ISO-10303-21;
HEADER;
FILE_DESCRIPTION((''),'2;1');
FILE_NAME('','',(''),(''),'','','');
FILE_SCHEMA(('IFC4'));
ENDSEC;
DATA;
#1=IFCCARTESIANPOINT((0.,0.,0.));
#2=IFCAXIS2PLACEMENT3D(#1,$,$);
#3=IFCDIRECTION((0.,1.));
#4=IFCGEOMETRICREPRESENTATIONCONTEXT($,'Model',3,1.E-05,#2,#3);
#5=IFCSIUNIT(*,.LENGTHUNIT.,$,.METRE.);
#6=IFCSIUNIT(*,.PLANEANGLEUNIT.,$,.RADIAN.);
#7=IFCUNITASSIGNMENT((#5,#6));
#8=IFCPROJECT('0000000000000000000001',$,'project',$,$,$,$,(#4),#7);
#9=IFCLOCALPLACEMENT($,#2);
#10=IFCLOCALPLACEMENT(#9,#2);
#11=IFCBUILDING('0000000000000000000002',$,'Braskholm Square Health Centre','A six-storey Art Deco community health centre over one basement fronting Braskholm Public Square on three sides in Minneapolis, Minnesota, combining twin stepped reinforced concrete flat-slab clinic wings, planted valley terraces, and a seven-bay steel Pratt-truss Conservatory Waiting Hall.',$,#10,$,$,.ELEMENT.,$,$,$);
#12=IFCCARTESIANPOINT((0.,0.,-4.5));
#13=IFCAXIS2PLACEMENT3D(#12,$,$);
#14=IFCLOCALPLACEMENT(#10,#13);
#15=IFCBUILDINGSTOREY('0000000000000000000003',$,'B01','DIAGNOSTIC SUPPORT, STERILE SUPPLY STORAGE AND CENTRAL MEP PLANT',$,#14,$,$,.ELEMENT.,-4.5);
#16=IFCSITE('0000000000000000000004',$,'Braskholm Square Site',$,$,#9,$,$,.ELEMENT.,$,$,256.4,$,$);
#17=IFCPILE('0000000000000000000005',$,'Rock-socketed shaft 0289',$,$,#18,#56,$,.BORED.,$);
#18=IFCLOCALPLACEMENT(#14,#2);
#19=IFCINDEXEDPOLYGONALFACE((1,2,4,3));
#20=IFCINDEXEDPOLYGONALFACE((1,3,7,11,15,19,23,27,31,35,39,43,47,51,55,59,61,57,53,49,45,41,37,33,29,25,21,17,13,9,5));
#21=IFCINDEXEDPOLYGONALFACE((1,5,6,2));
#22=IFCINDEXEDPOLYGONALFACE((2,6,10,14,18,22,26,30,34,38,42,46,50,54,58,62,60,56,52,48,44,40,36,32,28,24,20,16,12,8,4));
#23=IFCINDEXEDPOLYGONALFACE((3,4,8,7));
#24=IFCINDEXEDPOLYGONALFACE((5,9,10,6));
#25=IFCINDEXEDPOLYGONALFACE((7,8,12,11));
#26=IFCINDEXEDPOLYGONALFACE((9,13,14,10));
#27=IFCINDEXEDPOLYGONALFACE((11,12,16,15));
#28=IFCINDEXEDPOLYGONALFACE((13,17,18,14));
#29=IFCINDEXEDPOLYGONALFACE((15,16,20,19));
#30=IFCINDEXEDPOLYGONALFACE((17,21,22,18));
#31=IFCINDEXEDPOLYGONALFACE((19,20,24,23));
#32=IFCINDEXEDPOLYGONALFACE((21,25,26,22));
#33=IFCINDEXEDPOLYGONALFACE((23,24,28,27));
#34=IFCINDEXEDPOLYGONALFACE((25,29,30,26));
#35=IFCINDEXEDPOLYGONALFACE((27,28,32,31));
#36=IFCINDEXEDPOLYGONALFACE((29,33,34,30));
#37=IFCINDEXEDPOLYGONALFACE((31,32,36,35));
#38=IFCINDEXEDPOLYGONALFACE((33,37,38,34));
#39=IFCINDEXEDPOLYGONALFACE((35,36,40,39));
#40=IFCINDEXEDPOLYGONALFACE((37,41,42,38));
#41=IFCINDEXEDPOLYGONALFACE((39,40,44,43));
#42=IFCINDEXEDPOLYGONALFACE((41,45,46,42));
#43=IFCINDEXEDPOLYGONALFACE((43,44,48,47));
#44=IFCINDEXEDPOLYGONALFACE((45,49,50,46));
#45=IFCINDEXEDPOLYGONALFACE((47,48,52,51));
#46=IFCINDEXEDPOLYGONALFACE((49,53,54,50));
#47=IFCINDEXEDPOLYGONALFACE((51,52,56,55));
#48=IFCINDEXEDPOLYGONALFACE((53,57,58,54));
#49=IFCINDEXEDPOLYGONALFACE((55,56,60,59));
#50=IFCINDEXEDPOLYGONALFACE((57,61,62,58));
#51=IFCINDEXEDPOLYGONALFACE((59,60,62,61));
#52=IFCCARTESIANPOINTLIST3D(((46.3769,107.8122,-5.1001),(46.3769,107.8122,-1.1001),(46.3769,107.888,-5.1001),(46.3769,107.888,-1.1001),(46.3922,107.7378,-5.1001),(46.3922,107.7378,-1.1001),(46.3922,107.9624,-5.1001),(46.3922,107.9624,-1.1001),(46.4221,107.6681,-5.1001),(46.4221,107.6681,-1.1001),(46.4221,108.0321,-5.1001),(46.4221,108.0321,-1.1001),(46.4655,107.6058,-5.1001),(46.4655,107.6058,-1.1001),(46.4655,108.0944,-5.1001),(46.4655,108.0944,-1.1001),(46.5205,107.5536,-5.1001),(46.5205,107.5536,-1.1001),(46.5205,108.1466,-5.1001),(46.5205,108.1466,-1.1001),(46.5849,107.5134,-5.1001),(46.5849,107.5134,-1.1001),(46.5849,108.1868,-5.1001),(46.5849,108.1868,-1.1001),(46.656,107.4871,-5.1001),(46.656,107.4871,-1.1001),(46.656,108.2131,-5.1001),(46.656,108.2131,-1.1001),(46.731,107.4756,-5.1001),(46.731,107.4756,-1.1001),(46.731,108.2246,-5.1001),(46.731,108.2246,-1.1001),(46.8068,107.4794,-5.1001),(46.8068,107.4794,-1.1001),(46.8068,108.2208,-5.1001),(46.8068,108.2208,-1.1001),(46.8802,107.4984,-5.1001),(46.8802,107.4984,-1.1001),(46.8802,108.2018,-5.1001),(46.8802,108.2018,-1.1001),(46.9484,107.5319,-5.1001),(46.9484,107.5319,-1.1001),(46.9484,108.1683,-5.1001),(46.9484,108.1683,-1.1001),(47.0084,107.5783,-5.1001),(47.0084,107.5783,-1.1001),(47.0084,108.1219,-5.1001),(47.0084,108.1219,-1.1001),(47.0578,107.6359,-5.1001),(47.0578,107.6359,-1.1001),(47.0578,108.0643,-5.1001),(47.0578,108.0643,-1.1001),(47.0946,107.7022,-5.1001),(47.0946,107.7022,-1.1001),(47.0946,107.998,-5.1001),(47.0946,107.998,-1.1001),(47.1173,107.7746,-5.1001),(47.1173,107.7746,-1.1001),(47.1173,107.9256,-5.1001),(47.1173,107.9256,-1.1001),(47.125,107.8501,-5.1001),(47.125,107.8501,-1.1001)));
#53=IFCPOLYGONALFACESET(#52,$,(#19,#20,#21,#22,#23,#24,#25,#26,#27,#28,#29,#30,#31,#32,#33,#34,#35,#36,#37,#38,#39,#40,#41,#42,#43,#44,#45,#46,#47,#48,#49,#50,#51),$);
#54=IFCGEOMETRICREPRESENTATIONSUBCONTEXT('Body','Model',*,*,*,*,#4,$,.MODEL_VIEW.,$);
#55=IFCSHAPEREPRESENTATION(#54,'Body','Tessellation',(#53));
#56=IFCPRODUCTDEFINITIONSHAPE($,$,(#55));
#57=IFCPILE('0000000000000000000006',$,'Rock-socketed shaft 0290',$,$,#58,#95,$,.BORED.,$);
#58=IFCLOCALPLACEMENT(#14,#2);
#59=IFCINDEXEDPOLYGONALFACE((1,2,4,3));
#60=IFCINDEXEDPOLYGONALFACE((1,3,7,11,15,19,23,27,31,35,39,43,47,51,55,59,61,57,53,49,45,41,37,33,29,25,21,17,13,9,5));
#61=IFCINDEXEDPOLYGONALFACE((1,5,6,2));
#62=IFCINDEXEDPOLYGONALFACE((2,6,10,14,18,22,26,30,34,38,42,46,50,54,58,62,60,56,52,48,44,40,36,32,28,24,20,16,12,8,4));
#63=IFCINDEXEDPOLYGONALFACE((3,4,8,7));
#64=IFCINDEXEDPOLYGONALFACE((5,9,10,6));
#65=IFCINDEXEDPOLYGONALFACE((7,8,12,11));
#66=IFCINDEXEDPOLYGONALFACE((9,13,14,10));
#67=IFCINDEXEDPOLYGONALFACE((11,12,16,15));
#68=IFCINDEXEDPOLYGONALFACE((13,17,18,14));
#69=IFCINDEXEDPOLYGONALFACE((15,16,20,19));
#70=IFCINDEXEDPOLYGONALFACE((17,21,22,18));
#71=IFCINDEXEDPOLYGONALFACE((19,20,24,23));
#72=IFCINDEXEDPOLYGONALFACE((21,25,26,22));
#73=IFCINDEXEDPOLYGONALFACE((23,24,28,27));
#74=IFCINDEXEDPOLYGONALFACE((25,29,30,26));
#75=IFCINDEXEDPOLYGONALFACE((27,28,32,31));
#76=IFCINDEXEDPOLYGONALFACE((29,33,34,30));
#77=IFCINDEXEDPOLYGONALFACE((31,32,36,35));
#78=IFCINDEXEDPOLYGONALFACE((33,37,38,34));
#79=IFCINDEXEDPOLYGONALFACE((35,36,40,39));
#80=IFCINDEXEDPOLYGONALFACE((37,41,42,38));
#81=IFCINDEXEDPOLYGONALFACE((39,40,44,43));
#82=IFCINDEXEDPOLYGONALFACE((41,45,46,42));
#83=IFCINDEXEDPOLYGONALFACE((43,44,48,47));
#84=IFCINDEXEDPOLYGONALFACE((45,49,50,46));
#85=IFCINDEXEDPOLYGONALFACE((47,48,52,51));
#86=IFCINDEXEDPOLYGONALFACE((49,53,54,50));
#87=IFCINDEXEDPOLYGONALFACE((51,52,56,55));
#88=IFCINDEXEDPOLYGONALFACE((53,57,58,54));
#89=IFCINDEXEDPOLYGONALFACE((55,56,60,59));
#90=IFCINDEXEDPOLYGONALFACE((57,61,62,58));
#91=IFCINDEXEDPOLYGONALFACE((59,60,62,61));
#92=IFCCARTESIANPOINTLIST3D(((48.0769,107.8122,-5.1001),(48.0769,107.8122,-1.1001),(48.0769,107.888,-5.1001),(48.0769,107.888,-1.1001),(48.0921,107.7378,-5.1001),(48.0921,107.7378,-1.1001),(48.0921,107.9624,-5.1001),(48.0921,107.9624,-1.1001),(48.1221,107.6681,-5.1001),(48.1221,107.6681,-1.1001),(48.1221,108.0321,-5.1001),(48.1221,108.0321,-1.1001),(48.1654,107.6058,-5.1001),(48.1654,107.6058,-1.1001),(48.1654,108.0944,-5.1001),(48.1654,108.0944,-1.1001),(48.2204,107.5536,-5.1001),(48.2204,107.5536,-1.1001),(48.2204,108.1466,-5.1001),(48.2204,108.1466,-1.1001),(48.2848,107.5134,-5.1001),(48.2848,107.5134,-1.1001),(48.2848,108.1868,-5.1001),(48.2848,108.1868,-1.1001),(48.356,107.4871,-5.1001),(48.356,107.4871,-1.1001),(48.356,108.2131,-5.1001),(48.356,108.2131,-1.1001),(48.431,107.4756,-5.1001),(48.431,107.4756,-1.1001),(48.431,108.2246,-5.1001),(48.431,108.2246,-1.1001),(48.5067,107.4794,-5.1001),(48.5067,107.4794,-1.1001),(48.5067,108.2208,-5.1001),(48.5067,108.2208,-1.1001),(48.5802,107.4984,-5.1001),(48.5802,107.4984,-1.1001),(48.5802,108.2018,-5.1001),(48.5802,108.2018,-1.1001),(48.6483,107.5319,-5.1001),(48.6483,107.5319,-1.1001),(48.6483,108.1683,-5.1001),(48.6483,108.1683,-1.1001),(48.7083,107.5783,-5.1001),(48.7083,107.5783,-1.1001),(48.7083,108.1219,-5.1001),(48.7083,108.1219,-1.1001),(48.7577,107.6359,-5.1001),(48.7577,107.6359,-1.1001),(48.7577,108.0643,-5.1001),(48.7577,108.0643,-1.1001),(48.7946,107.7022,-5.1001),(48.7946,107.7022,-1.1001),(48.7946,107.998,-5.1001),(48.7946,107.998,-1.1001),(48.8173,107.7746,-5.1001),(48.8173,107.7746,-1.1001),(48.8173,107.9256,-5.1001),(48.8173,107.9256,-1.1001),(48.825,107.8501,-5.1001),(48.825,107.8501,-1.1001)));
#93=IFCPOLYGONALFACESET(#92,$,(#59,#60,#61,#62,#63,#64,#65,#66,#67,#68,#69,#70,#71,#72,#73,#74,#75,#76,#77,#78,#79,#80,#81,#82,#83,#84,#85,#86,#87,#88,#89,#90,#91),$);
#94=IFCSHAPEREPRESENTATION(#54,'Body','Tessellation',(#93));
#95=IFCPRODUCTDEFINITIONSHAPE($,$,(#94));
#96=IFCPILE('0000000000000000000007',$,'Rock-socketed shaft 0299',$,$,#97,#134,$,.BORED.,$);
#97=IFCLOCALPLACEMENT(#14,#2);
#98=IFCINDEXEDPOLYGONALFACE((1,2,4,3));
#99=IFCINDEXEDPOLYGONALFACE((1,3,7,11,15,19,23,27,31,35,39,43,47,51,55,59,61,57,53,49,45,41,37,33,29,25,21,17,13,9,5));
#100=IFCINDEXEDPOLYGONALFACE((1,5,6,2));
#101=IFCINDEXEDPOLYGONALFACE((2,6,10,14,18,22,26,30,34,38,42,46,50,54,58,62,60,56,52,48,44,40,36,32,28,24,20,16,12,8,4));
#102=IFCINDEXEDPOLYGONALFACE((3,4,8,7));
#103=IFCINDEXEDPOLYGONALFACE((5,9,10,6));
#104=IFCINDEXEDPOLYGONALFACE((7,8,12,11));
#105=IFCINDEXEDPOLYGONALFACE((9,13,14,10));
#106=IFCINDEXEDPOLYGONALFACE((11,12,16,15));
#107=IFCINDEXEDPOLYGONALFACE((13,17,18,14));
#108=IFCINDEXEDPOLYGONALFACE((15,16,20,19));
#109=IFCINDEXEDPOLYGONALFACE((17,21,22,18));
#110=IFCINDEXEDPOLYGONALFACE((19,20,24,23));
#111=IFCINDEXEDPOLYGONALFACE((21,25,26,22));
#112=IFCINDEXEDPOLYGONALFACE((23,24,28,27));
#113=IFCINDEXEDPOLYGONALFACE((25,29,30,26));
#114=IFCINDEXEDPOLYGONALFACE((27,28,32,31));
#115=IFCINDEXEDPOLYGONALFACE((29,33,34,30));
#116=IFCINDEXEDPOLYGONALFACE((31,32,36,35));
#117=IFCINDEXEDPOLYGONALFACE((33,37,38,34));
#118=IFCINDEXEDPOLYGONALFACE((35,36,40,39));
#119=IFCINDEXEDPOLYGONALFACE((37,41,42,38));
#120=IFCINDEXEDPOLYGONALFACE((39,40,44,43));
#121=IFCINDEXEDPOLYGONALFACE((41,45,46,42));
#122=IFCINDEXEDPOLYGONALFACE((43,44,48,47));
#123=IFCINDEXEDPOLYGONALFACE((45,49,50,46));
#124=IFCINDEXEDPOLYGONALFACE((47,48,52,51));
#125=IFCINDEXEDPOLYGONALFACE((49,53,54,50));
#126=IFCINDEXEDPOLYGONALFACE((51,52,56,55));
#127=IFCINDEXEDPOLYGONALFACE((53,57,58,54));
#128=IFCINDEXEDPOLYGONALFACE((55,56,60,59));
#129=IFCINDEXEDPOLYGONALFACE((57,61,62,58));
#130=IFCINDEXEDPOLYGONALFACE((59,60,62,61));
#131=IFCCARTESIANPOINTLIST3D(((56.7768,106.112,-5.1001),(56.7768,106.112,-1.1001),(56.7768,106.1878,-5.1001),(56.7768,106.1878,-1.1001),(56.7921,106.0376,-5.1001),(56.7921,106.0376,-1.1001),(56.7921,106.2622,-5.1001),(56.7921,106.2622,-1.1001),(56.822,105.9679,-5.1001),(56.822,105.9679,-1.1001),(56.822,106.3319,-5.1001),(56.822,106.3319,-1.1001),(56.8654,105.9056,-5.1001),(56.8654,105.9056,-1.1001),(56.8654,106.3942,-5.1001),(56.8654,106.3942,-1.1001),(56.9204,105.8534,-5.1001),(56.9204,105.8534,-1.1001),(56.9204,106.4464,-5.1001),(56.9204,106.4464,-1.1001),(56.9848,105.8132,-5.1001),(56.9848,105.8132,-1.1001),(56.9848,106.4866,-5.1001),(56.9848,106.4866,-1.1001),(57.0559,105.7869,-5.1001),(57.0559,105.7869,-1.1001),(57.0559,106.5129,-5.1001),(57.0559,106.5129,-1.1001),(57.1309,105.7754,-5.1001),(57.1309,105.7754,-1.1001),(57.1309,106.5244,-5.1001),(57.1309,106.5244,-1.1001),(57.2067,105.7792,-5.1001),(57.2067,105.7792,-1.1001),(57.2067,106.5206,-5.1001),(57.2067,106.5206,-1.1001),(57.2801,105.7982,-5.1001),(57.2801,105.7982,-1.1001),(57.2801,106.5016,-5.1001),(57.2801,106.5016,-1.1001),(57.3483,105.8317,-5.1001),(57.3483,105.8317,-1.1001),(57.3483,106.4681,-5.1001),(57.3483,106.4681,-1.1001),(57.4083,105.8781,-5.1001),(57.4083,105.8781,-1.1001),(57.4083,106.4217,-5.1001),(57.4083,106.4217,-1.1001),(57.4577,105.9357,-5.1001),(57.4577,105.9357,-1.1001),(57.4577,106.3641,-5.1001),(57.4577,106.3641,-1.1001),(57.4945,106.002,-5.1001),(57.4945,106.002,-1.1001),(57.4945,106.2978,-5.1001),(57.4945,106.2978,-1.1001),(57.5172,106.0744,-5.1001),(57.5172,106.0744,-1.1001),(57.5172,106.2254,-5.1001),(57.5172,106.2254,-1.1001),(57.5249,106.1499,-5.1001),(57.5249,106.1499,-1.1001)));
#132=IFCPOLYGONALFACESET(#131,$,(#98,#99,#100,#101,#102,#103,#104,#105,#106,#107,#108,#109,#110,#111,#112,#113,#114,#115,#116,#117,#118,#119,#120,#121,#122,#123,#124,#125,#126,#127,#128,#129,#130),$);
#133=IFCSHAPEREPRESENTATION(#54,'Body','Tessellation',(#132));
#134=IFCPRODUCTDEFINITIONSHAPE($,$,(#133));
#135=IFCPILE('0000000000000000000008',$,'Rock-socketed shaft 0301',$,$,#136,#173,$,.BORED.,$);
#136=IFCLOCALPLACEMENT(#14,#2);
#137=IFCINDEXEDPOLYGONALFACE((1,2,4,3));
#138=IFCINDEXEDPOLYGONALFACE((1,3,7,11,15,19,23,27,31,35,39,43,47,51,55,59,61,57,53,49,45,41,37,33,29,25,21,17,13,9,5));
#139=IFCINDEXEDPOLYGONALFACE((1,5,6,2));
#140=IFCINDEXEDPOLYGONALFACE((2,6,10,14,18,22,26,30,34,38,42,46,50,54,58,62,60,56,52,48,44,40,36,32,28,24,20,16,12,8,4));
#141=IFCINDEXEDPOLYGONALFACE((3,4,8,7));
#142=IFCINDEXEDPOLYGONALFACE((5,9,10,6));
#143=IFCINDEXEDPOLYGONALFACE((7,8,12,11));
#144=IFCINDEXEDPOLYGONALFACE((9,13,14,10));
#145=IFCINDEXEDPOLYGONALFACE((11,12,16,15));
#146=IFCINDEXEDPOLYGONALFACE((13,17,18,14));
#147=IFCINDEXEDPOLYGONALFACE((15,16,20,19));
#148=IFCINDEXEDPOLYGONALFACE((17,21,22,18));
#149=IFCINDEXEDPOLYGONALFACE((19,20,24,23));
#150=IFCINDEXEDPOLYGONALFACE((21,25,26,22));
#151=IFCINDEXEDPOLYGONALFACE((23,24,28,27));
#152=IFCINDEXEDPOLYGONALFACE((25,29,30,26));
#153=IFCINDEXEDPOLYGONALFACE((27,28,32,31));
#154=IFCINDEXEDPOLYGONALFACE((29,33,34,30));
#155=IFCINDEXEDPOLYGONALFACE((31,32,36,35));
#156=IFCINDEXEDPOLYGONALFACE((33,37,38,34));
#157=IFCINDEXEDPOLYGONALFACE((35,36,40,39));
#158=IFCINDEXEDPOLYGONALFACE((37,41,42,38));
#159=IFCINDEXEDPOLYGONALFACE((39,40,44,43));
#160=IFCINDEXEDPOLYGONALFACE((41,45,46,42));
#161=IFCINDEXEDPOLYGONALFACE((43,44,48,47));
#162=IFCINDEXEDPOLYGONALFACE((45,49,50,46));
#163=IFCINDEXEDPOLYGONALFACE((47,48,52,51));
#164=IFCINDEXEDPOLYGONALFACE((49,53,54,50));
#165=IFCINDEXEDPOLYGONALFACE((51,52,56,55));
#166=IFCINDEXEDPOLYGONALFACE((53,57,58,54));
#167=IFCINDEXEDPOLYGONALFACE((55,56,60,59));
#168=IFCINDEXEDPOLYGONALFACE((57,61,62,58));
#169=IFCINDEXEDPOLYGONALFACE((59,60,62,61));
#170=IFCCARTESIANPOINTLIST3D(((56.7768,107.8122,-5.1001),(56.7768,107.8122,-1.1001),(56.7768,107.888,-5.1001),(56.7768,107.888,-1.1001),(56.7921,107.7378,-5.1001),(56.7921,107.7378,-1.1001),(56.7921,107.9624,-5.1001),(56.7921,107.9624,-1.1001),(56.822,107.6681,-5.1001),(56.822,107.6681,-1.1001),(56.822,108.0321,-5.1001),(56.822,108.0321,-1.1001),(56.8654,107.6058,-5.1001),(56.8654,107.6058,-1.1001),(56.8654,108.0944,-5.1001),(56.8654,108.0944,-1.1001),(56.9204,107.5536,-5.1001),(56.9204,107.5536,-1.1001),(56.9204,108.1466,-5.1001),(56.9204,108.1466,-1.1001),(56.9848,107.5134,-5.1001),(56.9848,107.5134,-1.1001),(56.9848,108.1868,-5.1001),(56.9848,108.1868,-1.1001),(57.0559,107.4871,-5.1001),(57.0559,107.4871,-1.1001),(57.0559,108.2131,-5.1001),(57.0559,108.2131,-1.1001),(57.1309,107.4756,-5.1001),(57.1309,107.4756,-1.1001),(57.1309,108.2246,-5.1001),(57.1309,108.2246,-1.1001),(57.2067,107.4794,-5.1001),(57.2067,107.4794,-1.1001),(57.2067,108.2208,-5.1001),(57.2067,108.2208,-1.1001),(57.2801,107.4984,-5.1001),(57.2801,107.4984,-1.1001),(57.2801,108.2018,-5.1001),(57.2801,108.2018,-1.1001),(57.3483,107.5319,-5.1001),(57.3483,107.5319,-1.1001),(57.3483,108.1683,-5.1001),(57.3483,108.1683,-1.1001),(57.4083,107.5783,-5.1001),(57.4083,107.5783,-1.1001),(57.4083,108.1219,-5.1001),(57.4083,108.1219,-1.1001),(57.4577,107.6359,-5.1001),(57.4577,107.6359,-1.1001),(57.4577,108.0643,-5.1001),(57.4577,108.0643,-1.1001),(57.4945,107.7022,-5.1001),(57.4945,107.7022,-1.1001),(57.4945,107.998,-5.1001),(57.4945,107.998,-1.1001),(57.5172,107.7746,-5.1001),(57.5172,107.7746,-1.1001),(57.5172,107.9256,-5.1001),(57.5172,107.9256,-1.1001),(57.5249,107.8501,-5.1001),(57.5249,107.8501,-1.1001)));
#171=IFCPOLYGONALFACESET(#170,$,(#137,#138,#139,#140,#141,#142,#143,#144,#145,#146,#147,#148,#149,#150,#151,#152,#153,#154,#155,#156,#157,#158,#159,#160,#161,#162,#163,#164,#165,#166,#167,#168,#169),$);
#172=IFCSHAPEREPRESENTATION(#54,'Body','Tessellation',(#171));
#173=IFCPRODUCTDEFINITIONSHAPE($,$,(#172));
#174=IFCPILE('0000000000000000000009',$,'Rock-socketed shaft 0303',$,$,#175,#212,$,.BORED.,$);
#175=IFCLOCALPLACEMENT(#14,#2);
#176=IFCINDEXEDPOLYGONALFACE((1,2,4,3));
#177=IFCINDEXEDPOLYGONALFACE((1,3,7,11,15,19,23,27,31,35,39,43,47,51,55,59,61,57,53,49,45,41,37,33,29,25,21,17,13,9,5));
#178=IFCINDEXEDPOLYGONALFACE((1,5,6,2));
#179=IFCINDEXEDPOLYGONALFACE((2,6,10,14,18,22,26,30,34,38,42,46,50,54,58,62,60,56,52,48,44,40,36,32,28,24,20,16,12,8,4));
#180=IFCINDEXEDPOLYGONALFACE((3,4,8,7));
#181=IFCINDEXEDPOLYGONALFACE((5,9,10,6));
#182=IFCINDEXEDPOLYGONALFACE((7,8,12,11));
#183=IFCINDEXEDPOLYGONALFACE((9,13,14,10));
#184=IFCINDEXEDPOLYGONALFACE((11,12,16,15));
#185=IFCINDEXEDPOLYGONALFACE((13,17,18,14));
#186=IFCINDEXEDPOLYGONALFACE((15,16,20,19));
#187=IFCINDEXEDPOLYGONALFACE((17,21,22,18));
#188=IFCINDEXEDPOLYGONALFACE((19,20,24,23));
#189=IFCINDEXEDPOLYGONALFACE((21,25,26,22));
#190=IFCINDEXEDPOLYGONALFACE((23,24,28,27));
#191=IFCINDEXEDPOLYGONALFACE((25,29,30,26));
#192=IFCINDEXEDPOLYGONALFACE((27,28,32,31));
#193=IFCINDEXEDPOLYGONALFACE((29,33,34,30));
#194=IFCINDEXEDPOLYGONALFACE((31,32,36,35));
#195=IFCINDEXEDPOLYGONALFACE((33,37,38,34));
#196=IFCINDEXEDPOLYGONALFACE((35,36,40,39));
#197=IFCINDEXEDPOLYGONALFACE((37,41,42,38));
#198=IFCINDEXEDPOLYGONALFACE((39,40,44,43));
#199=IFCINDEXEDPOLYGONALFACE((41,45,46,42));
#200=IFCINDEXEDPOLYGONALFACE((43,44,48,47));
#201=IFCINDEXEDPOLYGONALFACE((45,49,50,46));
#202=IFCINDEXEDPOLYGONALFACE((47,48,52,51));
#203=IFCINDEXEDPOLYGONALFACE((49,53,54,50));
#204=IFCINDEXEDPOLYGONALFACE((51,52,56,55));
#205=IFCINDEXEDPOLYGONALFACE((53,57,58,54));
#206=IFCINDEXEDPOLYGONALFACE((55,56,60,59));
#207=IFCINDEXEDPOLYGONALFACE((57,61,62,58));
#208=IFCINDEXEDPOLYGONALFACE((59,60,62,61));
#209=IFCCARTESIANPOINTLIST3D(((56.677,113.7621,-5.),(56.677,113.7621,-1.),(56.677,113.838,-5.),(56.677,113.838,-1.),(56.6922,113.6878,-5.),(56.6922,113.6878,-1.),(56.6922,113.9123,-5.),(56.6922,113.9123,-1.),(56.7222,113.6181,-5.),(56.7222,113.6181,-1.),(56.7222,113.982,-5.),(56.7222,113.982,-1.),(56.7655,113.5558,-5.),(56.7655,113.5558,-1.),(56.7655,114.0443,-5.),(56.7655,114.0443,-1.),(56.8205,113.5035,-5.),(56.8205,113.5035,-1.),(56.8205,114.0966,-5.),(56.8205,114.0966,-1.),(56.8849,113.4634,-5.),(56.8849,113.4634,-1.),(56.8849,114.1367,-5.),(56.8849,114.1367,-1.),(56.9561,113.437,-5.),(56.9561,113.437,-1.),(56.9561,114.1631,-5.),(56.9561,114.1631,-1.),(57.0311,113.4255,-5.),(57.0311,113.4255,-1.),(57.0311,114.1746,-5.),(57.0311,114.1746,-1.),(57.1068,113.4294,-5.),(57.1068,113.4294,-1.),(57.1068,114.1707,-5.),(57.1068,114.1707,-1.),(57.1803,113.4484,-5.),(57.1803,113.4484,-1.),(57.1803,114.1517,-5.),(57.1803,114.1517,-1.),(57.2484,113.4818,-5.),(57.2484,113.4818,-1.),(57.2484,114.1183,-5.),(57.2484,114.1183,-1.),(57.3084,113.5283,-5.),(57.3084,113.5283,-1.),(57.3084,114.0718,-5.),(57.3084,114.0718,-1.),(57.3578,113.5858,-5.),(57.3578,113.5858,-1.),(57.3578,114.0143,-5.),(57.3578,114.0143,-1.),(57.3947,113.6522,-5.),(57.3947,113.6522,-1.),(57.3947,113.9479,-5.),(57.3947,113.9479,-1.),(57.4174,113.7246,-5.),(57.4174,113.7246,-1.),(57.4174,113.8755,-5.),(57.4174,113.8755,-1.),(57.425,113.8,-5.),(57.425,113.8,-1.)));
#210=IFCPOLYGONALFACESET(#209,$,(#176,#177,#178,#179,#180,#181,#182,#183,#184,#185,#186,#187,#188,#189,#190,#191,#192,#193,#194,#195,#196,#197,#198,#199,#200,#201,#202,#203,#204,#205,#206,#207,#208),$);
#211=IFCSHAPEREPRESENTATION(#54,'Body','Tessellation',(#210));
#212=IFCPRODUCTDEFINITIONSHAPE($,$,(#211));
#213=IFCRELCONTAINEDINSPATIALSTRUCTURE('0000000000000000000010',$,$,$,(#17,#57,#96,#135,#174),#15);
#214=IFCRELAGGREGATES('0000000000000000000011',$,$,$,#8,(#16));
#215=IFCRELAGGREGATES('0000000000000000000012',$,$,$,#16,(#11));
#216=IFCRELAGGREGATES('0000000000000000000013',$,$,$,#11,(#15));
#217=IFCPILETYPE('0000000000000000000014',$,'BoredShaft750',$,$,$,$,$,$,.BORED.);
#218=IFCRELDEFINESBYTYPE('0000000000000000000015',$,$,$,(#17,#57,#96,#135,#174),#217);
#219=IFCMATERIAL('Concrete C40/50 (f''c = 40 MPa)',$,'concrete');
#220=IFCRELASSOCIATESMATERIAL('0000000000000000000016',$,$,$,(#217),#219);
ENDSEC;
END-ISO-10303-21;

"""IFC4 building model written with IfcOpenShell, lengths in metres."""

from ifc_helpers import new_model, si_unit, direction, frame, origin, origin_2d, place, context, subcontext, project, spatial, circle, extrude, material, material_profile, profile_set, type_object, element, save


model = new_model("IFC4")

# Units and contexts
model_context = context("Model", 3, precision=1e-05, world=origin(), true_north=direction((0.0, 1.0)))
body_context = subcontext(model_context, "Body", "Model", "MODEL_VIEW")
ifc_project = project(units=[si_unit("LENGTHUNIT", "METRE"), si_unit("PLANEANGLEUNIT", "RADIAN")], contexts=[model_context])

# Site, building, storey
site_placement = place(None, origin())
site = spatial("IfcSite", under=ifc_project, at=site_placement, Name="Braskholm Square Site", CompositionType="ELEMENT", RefElevation=256.4)
building_placement = place(site_placement, origin())
building = spatial("IfcBuilding", under=site, at=building_placement, Name="Braskholm Square Health Centre", Description="A six-storey Art Deco community health centre over one basement fronting Braskholm Public Square on three sides in Minneapolis, Minnesota, combining twin stepped reinforced concrete flat-slab clinic wings, planted valley terraces, and a seven-bay steel Pratt-truss Conservatory Waiting Hall.", CompositionType="ELEMENT")
storey_placement = place(building_placement, frame((0.0, 0.0, -4.5)))
storey = spatial("IfcBuildingStorey", under=building, at=storey_placement, Name="B01", Description="DIAGNOSTIC SUPPORT, STERILE SUPPLY STORAGE AND CENTRAL MEP PLANT", CompositionType="ELEMENT", Elevation=-4.5)

# Piles
ifc_material_1 = material(Name="Concrete C40/50 (f'c = 40 MPa)", Category="concrete")
ifc_material_profile_1 = material_profile(ifc_material_1, circle(Radius=0.375, at=origin_2d()), Name="BORED-PILE-750")
ifc_profile_set_1 = profile_set([ifc_material_profile_1], Name="Concrete C40/50 (f'c = 40 MPa)")
pile_type_1 = type_object("IfcPileType", Name="BoredShaft750", PredefinedType="BORED", material=ifc_profile_set_1)
for number, where, z_axis, x_axis, name in (
    (1, (46.75, 107.8501, -1.1001), (0.0, 0.0, -1.0), (1.0, 0.0, 0.0), "Rock-socketed shaft 0289"),
    (2, (48.45, 107.8501, -1.1001), (0.0, 0.0, -1.0), (1.0, 0.0, 0.0), "Rock-socketed shaft 0290"),
    (3, (57.1499, 106.1499, -1.1001), (0.0, 0.0, -1.0), (1.0, 0.0, 0.0), "Rock-socketed shaft 0299"),
    (4, (57.1499, 107.8501, -1.1001), (0.0, 0.0, -1.0), (1.0, 0.0, 0.0), "Rock-socketed shaft 0301"),
    (5, (57.05, 113.8, -1.0), (0.0, 0.0, -1.0), (1.0, 0.0, 0.0), "Rock-socketed shaft 0303"),
):
    element("IfcPile", number, at=place(storey_placement, frame(where, z_axis=z_axis, x_axis=x_axis)), inside=storey, type_object=pile_type_1, Name=name, PredefinedType="BORED", context=body_context, shape_type="SweptSolid", body=[
        extrude(circle(Radius=0.375, at=origin_2d()), origin(), (0.0, 0.0, 1.0), 4.0),
    ])

save(model, "model.ifc")
